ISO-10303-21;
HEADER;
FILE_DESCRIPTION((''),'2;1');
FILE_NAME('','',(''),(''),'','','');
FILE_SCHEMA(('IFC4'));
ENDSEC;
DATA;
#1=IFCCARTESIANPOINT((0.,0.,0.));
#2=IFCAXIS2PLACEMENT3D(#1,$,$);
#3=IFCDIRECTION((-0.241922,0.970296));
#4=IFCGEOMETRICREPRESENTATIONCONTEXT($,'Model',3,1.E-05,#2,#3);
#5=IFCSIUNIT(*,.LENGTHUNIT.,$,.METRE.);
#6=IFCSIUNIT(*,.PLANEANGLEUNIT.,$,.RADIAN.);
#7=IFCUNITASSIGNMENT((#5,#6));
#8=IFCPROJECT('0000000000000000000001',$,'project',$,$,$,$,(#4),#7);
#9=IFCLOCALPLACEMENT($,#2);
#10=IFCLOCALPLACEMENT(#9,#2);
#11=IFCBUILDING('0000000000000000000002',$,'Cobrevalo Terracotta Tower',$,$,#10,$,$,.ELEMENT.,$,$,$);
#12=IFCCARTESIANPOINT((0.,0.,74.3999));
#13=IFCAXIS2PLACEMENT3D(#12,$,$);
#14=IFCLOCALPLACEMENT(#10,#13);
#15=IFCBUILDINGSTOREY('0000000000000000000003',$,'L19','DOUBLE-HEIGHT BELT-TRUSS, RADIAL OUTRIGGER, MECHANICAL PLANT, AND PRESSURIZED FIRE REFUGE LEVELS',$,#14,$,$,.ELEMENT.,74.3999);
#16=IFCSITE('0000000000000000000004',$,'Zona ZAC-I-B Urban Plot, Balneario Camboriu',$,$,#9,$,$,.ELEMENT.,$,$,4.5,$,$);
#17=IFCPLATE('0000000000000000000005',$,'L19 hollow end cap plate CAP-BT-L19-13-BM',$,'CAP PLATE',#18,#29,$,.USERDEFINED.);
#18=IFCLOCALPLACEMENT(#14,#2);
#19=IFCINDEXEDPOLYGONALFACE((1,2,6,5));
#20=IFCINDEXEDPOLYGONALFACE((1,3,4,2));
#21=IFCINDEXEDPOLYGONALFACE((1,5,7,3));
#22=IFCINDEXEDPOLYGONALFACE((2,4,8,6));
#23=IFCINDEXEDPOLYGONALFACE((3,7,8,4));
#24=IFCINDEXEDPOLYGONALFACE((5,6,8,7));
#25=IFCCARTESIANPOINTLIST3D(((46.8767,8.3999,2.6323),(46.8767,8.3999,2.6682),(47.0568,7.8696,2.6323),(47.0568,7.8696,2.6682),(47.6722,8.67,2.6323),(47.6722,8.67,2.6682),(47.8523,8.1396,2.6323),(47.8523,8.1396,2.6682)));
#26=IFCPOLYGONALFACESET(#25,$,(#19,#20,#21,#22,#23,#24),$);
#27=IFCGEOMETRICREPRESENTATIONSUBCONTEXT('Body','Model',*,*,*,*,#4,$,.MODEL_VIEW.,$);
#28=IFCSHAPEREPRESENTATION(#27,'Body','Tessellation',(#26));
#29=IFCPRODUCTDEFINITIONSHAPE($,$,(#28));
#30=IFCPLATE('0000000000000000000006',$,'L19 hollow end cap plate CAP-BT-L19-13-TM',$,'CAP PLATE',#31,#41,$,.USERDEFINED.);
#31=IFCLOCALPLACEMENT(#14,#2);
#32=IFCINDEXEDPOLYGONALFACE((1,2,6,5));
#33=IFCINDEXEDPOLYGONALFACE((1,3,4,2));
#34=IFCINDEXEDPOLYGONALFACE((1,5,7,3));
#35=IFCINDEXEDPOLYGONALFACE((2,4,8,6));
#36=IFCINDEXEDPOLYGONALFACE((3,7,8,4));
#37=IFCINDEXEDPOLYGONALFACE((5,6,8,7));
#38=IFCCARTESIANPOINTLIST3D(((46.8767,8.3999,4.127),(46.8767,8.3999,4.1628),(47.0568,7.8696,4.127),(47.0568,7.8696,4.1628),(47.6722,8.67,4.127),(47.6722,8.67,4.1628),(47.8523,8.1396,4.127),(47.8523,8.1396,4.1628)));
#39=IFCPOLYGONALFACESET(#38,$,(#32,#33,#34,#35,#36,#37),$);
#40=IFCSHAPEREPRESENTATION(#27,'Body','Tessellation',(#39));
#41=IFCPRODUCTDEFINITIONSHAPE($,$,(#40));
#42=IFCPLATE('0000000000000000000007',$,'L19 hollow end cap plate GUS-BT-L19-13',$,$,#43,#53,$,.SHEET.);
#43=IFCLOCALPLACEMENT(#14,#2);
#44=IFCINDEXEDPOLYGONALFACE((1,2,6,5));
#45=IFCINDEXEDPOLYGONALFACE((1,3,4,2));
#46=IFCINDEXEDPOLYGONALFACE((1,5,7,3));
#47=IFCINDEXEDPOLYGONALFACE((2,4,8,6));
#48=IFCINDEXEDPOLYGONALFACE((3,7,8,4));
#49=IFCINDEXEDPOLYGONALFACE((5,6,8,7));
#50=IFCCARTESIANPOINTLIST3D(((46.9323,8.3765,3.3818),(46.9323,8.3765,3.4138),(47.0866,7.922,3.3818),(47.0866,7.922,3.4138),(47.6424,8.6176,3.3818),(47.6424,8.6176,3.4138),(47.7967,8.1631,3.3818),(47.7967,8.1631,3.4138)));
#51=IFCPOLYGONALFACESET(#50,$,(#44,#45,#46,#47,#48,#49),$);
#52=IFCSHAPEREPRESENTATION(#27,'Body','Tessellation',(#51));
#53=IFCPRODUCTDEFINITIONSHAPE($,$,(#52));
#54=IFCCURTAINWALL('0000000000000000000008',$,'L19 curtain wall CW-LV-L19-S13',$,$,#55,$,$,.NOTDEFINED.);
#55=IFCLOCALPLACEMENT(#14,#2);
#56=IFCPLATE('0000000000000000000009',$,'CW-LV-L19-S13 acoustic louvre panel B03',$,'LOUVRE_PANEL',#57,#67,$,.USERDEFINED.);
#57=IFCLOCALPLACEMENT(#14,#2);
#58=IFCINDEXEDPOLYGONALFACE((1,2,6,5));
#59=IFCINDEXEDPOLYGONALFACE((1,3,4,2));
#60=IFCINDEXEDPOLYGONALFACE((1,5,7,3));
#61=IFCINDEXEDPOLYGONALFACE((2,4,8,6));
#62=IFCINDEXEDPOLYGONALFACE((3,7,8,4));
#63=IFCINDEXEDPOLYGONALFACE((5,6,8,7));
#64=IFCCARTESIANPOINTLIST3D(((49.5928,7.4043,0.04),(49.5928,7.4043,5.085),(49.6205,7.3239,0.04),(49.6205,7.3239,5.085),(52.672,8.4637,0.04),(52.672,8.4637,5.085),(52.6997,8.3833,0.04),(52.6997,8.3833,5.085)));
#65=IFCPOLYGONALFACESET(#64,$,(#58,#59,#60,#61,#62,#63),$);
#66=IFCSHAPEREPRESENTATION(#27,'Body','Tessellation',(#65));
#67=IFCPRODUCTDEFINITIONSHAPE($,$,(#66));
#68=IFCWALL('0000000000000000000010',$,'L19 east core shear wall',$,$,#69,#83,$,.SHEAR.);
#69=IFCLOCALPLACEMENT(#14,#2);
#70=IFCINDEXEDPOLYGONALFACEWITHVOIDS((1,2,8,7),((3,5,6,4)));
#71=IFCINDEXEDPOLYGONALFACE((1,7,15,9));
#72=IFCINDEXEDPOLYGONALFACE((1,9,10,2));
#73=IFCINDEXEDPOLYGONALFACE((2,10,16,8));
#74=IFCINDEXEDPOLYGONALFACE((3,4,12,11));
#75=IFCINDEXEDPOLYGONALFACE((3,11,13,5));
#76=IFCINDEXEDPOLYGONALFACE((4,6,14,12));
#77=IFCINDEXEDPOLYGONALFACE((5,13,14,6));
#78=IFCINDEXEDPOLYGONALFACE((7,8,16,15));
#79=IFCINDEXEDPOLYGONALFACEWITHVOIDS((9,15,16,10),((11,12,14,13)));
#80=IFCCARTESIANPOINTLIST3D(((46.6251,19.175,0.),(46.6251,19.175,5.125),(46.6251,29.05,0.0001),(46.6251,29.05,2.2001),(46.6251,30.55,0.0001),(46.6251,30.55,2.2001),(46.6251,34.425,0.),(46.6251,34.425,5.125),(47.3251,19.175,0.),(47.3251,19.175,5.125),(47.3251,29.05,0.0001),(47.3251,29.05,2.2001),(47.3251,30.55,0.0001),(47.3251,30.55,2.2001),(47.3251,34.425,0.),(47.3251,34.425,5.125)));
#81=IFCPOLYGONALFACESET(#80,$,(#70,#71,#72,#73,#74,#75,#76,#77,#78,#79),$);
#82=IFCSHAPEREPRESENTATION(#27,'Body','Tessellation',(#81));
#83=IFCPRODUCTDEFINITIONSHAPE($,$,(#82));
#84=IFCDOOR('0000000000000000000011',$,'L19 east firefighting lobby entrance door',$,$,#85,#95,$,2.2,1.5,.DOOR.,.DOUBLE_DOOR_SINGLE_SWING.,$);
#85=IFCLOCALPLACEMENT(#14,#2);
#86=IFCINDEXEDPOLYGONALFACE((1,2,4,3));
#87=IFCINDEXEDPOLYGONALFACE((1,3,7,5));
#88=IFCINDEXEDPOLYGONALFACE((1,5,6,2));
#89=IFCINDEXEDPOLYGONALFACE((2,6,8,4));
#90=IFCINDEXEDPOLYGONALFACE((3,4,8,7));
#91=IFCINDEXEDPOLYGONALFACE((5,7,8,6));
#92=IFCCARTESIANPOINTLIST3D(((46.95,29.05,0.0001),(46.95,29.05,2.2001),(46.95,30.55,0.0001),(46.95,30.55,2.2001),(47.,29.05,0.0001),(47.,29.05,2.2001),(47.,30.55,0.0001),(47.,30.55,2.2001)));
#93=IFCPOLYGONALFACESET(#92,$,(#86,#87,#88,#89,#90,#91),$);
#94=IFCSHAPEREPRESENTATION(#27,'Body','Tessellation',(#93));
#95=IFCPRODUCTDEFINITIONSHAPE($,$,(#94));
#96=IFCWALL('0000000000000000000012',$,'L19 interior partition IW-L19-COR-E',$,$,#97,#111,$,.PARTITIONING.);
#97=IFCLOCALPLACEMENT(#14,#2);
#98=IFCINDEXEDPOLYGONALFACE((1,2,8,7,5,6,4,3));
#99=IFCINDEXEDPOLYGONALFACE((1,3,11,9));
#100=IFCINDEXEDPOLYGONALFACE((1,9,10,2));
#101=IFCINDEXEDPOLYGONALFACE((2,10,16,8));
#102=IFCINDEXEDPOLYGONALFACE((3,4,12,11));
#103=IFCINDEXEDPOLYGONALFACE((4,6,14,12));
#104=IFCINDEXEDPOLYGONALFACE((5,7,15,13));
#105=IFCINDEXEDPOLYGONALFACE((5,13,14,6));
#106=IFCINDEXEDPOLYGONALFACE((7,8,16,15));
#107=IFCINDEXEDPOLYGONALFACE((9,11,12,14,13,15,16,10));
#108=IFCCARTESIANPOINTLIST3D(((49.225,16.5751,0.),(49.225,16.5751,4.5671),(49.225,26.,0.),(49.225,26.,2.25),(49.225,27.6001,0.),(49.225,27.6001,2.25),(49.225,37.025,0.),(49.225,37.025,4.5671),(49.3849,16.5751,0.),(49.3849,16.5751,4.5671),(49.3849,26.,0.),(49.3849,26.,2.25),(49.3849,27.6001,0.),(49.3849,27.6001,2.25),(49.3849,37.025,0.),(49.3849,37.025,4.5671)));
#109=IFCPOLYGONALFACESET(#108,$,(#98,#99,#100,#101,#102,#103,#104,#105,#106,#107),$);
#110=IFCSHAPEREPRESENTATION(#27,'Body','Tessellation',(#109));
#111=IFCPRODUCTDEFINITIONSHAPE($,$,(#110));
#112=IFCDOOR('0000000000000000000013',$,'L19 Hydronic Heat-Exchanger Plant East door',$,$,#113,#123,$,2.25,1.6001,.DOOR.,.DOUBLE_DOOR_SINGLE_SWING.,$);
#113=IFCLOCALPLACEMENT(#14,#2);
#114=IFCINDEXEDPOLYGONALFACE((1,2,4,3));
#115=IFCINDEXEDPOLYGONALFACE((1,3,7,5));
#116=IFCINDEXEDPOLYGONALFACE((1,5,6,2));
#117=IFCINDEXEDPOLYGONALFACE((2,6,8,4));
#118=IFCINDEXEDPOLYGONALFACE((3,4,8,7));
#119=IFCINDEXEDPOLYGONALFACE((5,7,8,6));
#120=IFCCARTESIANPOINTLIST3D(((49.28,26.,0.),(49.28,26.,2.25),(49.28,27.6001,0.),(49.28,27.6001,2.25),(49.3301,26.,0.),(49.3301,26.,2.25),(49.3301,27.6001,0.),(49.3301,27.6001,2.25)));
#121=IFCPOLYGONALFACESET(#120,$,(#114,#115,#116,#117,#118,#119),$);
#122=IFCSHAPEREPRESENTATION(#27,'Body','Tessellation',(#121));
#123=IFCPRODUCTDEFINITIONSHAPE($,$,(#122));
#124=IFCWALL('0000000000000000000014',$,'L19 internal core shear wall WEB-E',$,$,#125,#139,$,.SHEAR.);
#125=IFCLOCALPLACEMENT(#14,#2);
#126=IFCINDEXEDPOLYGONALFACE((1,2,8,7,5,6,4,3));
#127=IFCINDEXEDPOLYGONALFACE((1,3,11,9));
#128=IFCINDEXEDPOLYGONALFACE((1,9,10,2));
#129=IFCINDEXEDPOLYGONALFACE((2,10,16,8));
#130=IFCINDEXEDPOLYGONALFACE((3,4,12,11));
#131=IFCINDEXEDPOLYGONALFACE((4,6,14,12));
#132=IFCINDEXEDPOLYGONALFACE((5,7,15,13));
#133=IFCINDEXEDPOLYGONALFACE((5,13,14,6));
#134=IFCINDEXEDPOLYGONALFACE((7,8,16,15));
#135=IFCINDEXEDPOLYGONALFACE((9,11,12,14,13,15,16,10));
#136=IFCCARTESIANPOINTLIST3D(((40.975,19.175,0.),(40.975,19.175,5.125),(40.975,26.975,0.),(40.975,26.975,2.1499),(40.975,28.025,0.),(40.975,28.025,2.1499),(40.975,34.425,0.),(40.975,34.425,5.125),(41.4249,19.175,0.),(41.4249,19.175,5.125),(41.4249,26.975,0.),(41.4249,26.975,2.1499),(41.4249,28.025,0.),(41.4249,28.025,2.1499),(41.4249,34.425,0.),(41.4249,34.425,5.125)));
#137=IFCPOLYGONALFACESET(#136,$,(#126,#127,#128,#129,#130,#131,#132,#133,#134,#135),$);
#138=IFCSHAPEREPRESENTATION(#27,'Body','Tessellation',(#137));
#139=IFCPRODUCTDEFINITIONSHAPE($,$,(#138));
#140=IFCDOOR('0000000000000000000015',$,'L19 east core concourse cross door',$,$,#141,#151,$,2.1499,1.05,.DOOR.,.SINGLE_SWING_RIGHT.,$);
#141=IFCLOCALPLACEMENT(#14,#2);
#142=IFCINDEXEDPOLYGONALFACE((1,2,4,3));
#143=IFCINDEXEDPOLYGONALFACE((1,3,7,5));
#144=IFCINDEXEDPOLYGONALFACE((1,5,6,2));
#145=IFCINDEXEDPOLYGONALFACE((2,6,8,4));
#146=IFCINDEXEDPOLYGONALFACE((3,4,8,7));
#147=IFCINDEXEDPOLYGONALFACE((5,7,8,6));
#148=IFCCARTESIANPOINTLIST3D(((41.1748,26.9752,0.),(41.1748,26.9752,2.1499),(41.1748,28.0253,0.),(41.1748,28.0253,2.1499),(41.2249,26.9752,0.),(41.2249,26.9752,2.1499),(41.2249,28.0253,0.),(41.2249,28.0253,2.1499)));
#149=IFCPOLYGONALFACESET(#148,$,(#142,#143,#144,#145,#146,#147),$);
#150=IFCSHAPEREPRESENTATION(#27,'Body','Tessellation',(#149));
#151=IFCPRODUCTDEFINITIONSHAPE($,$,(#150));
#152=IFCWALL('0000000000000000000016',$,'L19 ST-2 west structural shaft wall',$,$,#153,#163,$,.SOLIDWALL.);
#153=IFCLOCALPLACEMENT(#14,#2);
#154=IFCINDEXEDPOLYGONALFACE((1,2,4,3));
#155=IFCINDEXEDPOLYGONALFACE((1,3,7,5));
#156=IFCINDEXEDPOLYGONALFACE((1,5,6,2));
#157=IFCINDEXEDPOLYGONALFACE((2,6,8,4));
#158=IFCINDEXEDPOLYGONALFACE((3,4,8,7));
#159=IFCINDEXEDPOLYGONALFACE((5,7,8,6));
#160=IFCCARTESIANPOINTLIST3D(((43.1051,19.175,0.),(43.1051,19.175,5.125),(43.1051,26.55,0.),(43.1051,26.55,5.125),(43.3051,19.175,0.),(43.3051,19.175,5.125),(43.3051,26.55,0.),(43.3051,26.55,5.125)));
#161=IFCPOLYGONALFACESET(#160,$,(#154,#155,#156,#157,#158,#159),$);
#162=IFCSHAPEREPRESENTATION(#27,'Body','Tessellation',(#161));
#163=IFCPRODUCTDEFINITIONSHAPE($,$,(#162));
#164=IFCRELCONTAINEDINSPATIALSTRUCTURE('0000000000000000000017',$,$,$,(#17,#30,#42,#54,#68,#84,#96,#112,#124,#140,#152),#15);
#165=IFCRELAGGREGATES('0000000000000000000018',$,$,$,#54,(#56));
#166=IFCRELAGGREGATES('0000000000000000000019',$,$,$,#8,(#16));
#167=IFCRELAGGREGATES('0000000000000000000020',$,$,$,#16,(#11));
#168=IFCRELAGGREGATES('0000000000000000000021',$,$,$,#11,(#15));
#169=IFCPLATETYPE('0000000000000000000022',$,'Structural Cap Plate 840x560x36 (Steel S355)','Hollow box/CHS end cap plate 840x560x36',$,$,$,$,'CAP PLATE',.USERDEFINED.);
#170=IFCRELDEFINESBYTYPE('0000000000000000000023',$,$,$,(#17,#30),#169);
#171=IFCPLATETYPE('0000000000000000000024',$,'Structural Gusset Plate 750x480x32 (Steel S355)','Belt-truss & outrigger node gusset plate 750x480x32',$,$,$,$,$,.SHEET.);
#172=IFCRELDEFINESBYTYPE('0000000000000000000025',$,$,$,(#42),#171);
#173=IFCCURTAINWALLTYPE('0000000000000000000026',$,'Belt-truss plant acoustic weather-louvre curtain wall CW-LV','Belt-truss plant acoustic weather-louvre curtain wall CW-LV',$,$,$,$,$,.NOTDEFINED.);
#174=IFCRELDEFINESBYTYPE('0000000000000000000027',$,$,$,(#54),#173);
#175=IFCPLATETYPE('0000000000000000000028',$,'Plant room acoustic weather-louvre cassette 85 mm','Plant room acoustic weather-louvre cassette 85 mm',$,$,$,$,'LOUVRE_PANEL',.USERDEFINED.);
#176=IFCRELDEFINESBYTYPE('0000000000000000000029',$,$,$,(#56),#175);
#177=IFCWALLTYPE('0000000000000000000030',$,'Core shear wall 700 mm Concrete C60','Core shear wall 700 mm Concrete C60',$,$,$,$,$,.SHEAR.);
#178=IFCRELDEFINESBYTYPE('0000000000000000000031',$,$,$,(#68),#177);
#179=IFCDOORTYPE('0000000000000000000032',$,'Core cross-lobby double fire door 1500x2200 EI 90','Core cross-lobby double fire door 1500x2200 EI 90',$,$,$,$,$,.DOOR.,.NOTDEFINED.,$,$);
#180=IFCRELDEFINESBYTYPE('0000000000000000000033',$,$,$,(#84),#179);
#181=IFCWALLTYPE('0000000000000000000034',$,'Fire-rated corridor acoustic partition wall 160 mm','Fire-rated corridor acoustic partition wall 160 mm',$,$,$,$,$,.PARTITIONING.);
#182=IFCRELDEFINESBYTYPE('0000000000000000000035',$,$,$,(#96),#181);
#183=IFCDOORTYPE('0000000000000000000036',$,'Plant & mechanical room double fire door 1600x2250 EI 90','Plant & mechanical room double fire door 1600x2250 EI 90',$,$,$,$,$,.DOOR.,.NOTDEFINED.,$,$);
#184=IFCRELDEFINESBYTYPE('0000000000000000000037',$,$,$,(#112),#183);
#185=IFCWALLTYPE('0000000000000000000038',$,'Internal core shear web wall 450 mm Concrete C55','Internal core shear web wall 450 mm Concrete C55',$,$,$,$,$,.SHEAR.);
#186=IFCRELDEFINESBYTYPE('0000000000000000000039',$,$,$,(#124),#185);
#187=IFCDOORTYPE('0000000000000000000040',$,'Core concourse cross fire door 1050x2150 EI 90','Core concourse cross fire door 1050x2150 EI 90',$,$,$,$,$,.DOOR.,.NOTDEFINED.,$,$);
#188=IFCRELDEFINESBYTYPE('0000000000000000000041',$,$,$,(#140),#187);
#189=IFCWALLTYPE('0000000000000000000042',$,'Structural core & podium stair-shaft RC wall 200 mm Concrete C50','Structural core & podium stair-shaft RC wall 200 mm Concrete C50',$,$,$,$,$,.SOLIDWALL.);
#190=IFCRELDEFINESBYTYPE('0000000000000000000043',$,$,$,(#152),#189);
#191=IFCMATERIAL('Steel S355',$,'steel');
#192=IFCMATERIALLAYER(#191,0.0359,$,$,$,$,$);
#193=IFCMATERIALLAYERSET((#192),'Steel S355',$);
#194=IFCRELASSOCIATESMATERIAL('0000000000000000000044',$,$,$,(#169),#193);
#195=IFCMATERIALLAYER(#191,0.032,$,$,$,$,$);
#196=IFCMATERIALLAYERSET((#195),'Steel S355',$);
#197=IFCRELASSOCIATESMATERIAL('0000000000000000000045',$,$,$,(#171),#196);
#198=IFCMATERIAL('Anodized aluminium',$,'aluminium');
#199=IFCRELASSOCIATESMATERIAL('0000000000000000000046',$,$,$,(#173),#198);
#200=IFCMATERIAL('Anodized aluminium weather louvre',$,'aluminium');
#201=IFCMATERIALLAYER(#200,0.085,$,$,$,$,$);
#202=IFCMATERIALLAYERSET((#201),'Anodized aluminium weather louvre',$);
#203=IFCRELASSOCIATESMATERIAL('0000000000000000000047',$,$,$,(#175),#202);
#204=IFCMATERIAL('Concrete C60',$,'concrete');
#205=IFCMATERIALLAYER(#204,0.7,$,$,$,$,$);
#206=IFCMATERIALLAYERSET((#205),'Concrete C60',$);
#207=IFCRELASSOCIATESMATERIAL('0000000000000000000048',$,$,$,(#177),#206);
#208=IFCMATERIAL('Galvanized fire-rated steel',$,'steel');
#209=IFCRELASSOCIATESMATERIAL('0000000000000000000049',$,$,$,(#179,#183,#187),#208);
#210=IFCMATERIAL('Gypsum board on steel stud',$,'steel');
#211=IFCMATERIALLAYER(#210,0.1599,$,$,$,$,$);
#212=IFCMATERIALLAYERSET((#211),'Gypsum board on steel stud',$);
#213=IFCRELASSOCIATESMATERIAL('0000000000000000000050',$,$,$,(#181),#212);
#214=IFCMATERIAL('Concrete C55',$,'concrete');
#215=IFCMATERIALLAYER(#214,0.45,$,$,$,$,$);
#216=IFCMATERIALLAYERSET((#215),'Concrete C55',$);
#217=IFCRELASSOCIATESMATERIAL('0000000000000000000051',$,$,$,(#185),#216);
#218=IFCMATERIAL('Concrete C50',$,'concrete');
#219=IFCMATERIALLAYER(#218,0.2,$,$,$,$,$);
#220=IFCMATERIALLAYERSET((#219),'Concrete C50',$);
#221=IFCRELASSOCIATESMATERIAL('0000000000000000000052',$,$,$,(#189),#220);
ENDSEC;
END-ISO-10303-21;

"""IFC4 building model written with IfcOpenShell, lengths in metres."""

from ifc_helpers import new_model, si_unit, direction, frame, frame_2d, origin, origin_2d, place, context, subcontext, project, spatial, rectangle, extrude, source, transform, mapped, material, layer, layer_set, type_object, element, fill, aggregate, save


model = new_model("IFC4")

# Units and contexts
model_context = context("Model", 3, precision=1e-05, world=origin(), true_north=direction((-0.241922, 0.970296)))
body_context = subcontext(model_context, "Body", "Model", "MODEL_VIEW")
ifc_project = project(units=[si_unit("LENGTHUNIT", "METRE"), si_unit("PLANEANGLEUNIT", "RADIAN")], contexts=[model_context])

# Site, building, storey
site_placement = place(None, origin())
site = spatial("IfcSite", under=ifc_project, at=site_placement, Name="Zona ZAC-I-B Urban Plot, Balneario Camboriu", CompositionType="ELEMENT", RefElevation=4.5)
building_placement = place(site_placement, origin())
building = spatial("IfcBuilding", under=site, at=building_placement, Name="Cobrevalo Terracotta Tower", CompositionType="ELEMENT")
storey_placement = place(building_placement, frame((0.0, 0.0, 74.3999)))
storey = spatial("IfcBuildingStorey", under=building, at=storey_placement, Name="L19", Description="DOUBLE-HEIGHT BELT-TRUSS, RADIAL OUTRIGGER, MECHANICAL PLANT, AND PRESSURIZED FIRE REFUGE LEVELS", CompositionType="ELEMENT", Elevation=74.3999)

# Shared definitions
ifc_material_1 = material(Name="Steel S355", Category="steel")
ifc_material_2 = material(Name="Concrete C60", Category="concrete")

# Plates
ifc_layer_1 = layer(ifc_material_1, 0.0359)
ifc_layer_set_1 = layer_set([ifc_layer_1], Name="Steel S355")
plate_type_1 = type_object("IfcPlateType", Name="Structural Cap Plate 840x560x36 (Steel S355)", Description="Hollow box/CHS end cap plate 840x560x36", ElementType="CAP PLATE", PredefinedType="USERDEFINED", material=ifc_layer_set_1)
shared_shape_1 = source(origin(), body_context, "Body", "SweptSolid", [
    extrude(rectangle(XDim=0.8401, YDim=0.5601, at=origin_2d()), origin(), (0.0, 0.0, 1.0), 0.0359),
])
for number, where, z_axis, x_axis, name in (
    (1, (47.3645, 8.2698, 2.6323), (0.0, 0.0, 1.0), (0.946916, 0.321482, 0.0), "L19 hollow end cap plate CAP-BT-L19-13-BM"),
    (2, (47.3645, 8.2698, 4.127), (0.0, 0.0, 1.0), (0.946916, 0.321482, 0.0), "L19 hollow end cap plate CAP-BT-L19-13-TM"),
):
    element("IfcPlate", number, at=place(storey_placement, frame(where, z_axis=z_axis, x_axis=x_axis)), inside=storey, type_object=plate_type_1, Name=name, ObjectType="CAP PLATE", PredefinedType="USERDEFINED", context=body_context, shape_type="MappedRepresentation", body=[
        mapped(shared_shape_1, transform((0.0, 0.0, 0.0), scale=1.0)),
    ])
ifc_layer_2 = layer(ifc_material_1, 0.032)
ifc_layer_set_2 = layer_set([ifc_layer_2], Name="Steel S355")
plate_type_2 = type_object("IfcPlateType", Name="Structural Gusset Plate 750x480x32 (Steel S355)", Description="Belt-truss & outrigger node gusset plate 750x480x32", PredefinedType="SHEET", material=ifc_layer_set_2)
shared_shape_2 = source(origin(), body_context, "Body", "SweptSolid", [
    extrude(rectangle(XDim=0.75, YDim=0.48, at=origin_2d()), origin(), (0.0, 0.0, 1.0), 0.032),
])
plate_1_placement = place(storey_placement, frame((47.3645, 8.2698, 3.3818), z_axis=(0.0, 0.0, 1.0), x_axis=(0.946916, 0.321482, 0.0)))
element("IfcPlate", 3, at=plate_1_placement, inside=storey, type_object=plate_type_2, Name="L19 hollow end cap plate GUS-BT-L19-13", PredefinedType="SHEET", context=body_context, shape_type="MappedRepresentation", body=[
    mapped(shared_shape_2, transform((0.0, 0.0, 0.0), scale=1.0)),
])

# Curtain wall, plate
ifc_material_3 = material(Name="Anodized aluminium", Category="aluminium")
curtain_wall_type = type_object("IfcCurtainWallType", Name="Belt-truss plant acoustic weather-louvre curtain wall CW-LV", Description="Belt-truss plant acoustic weather-louvre curtain wall CW-LV", PredefinedType="NOTDEFINED", material=ifc_material_3)
curtain_wall_placement = place(storey_placement, origin())
curtain_wall = element("IfcCurtainWall", 4, at=curtain_wall_placement, inside=storey, type_object=curtain_wall_type, Name="L19 curtain wall CW-LV-L19-S13", PredefinedType="NOTDEFINED")
ifc_material_4 = material(Name="Anodized aluminium weather louvre", Category="aluminium")
ifc_layer_3 = layer(ifc_material_4, 0.085)
ifc_layer_set_3 = layer_set([ifc_layer_3], Name="Anodized aluminium weather louvre")
plate_type_3 = type_object("IfcPlateType", Name="Plant room acoustic weather-louvre cassette 85 mm", Description="Plant room acoustic weather-louvre cassette 85 mm", ElementType="LOUVRE_PANEL", PredefinedType="USERDEFINED", material=ifc_layer_set_3)
shared_shape_3 = source(origin(), body_context, "Body", "SweptSolid", [
    extrude(rectangle(XDim=3.2563, YDim=0.085, at=origin_2d()), origin(), (0.0, 0.0, 1.0), 5.0449),
])
plate_2_placement = place(storey_placement, frame((51.1462, 7.8938, 0.04), z_axis=(0.0, 0.0, 1.0), x_axis=(0.945596, 0.325342, 0.0)))
plate_2 = element("IfcPlate", 5, at=plate_2_placement, type_object=plate_type_3, Name="CW-LV-L19-S13 acoustic louvre panel B03", ObjectType="LOUVRE_PANEL", PredefinedType="USERDEFINED", context=body_context, shape_type="MappedRepresentation", body=[
    mapped(shared_shape_3, transform((0.0, 0.0, 0.0), scale=1.0)),
])
aggregate(curtain_wall, [plate_2])

# Walls, openings, doors
ifc_layer_4 = layer(ifc_material_2, 0.7)
ifc_layer_set_4 = layer_set([ifc_layer_4], Name="Concrete C60")
wall_type_1 = type_object("IfcWallType", Name="Core shear wall 700 mm Concrete C60", Description="Core shear wall 700 mm Concrete C60", PredefinedType="SHEAR", material=ifc_layer_set_4)
wall_1_placement = place(storey_placement, frame((46.9751, 19.175, 0.0), z_axis=(0.0, 0.0, 1.0), x_axis=(0.0, 1.0, 0.0)))
wall_1 = element("IfcWall", 6, at=wall_1_placement, inside=storey, type_object=wall_type_1, Name="L19 east core shear wall", PredefinedType="SHEAR", context=body_context, shape_type="SweptSolid", body=[
    extrude(rectangle(XDim=15.25, YDim=0.7, at=frame_2d((7.625, 0.0))), origin(), (0.0, 0.0, 1.0), 5.125),
])
opening_1_placement = place(wall_1_placement, frame((9.875, 0.0, 0.0)))
opening_1 = element("IfcOpeningElement", 7, at=opening_1_placement, cuts=wall_1, PredefinedType="OPENING", context=body_context, shape_type="SweptSolid", body=[
    extrude(rectangle(XDim=1.5, YDim=2.2, at=frame_2d((0.75, 1.1001))), frame((0.0, 0.3599, 0.0), z_axis=(0.0, -1.0, 0.0), x_axis=(1.0, 0.0, 0.0)), (0.0, 0.0, 1.0), 0.72),
])
ifc_material_5 = material(Name="Galvanized fire-rated steel", Category="steel")
door_type_1 = type_object("IfcDoorType", Name="Core cross-lobby double fire door 1500x2200 EI 90", Description="Core cross-lobby double fire door 1500x2200 EI 90", OperationType="NOTDEFINED", PredefinedType="DOOR", material=ifc_material_5)
shared_shape_4 = source(origin(), body_context, "Body", "SweptSolid", [
    extrude(rectangle(XDim=1.5, YDim=2.2, at=frame_2d((0.75, 1.1001))), frame((0.0, 0.0249, 0.0), z_axis=(0.0, -1.0, 0.0), x_axis=(1.0, 0.0, 0.0)), (0.0, 0.0, 1.0), 0.05),
])
door_1_placement = place(opening_1_placement, frame((1.5, 0.0, 0.0), z_axis=(0.0, 0.0, 1.0), x_axis=(-1.0, 0.0, 0.0)))
door_1 = element("IfcDoor", 8, at=door_1_placement, inside=storey, type_object=door_type_1, Name="L19 east firefighting lobby entrance door", OperationType="DOUBLE_DOOR_SINGLE_SWING", OverallHeight=2.2, OverallWidth=1.5, PredefinedType="DOOR", context=body_context, shape_type="MappedRepresentation", body=[
    mapped(shared_shape_4, transform((0.0, 0.0, 0.0), scale=1.0)),
])
fill(opening_1, door_1)
ifc_material_6 = material(Name="Gypsum board on steel stud", Category="steel")
ifc_layer_5 = layer(ifc_material_6, 0.1599)
ifc_layer_set_5 = layer_set([ifc_layer_5], Name="Gypsum board on steel stud")
wall_type_2 = type_object("IfcWallType", Name="Fire-rated corridor acoustic partition wall 160 mm", Description="Fire-rated corridor acoustic partition wall 160 mm", PredefinedType="PARTITIONING", material=ifc_layer_set_5)
wall_2_placement = place(storey_placement, frame((49.3049, 16.575, 0.0), z_axis=(0.0, 0.0, 1.0), x_axis=(0.0, 1.0, 0.0)))
wall_2 = element("IfcWall", 9, at=wall_2_placement, inside=storey, type_object=wall_type_2, Name="L19 interior partition IW-L19-COR-E", PredefinedType="PARTITIONING", context=body_context, shape_type="SweptSolid", body=[
    extrude(rectangle(XDim=20.45, YDim=0.1599, at=frame_2d((10.2251, 0.0))), origin(), (0.0, 0.0, 1.0), 4.5671),
])
opening_2_placement = place(wall_2_placement, frame((9.425, 0.0, 0.0)))
opening_2 = element("IfcOpeningElement", 10, at=opening_2_placement, cuts=wall_2, PredefinedType="OPENING", context=body_context, shape_type="SweptSolid", body=[
    extrude(rectangle(XDim=1.6001, YDim=2.25, at=frame_2d((0.8, 1.125))), frame((0.0, 0.0898, 0.0), z_axis=(0.0, -1.0, 0.0), x_axis=(1.0, 0.0, 0.0)), (0.0, 0.0, 1.0), 0.1799),
])
door_type_2 = type_object("IfcDoorType", Name="Plant & mechanical room double fire door 1600x2250 EI 90", Description="Plant & mechanical room double fire door 1600x2250 EI 90", OperationType="NOTDEFINED", PredefinedType="DOOR", material=ifc_material_5)
shared_shape_5 = source(origin(), body_context, "Body", "SweptSolid", [
    extrude(rectangle(XDim=1.6001, YDim=2.25, at=frame_2d((0.8, 1.125))), frame((0.0, 0.0249, 0.0), z_axis=(0.0, -1.0, 0.0), x_axis=(1.0, 0.0, 0.0)), (0.0, 0.0, 1.0), 0.05),
])
door_2_placement = place(opening_2_placement, origin())
door_2 = element("IfcDoor", 11, at=door_2_placement, inside=storey, type_object=door_type_2, Name="L19 Hydronic Heat-Exchanger Plant East door", OperationType="DOUBLE_DOOR_SINGLE_SWING", OverallHeight=2.25, OverallWidth=1.6001, PredefinedType="DOOR", context=body_context, shape_type="MappedRepresentation", body=[
    mapped(shared_shape_5, transform((0.0, 0.0, 0.0), scale=1.0)),
])
fill(opening_2, door_2)
ifc_material_7 = material(Name="Concrete C55", Category="concrete")
ifc_layer_6 = layer(ifc_material_7, 0.45)
ifc_layer_set_6 = layer_set([ifc_layer_6], Name="Concrete C55")
wall_type_3 = type_object("IfcWallType", Name="Internal core shear web wall 450 mm Concrete C55", Description="Internal core shear web wall 450 mm Concrete C55", PredefinedType="SHEAR", material=ifc_layer_set_6)
wall_3_placement = place(storey_placement, frame((41.2, 19.175, 0.0), z_axis=(0.0, 0.0, 1.0), x_axis=(0.0, 1.0, 0.0)))
wall_3 = element("IfcWall", 12, at=wall_3_placement, inside=storey, type_object=wall_type_3, Name="L19 internal core shear wall WEB-E", PredefinedType="SHEAR", context=body_context, shape_type="SweptSolid", body=[
    extrude(rectangle(XDim=15.25, YDim=0.45, at=frame_2d((7.625, 0.0))), origin(), (0.0, 0.0, 1.0), 5.125),
])
opening_3_placement = place(wall_3_placement, frame((7.8, 0.0, 0.0)))
opening_3 = element("IfcOpeningElement", 13, at=opening_3_placement, cuts=wall_3, PredefinedType="OPENING", context=body_context, shape_type="SweptSolid", body=[
    extrude(rectangle(XDim=1.05, YDim=2.1499, at=frame_2d((0.5249, 1.075))), frame((0.0, 0.2349, 0.0), z_axis=(0.0, -1.0, 0.0), x_axis=(1.0, 0.0, 0.0)), (0.0, 0.0, 1.0), 0.47),
])
door_type_3 = type_object("IfcDoorType", Name="Core concourse cross fire door 1050x2150 EI 90", Description="Core concourse cross fire door 1050x2150 EI 90", OperationType="NOTDEFINED", PredefinedType="DOOR", material=ifc_material_5)
shared_shape_6 = source(origin(), body_context, "Body", "SweptSolid", [
    extrude(rectangle(XDim=1.05, YDim=2.1499, at=frame_2d((0.5249, 1.075))), frame((0.0, 0.0249, 0.0), z_axis=(0.0, -1.0, 0.0), x_axis=(1.0, 0.0, 0.0)), (0.0, 0.0, 1.0), 0.05),
])
door_3_placement = place(opening_3_placement, frame((1.05, 0.0, 0.0), z_axis=(0.0, 0.0, 1.0), x_axis=(-1.0, 0.0, 0.0)))
door_3 = element("IfcDoor", 14, at=door_3_placement, inside=storey, type_object=door_type_3, Name="L19 east core concourse cross door", OperationType="SINGLE_SWING_RIGHT", OverallHeight=2.1499, OverallWidth=1.05, PredefinedType="DOOR", context=body_context, shape_type="MappedRepresentation", body=[
    mapped(shared_shape_6, transform((0.0, 0.0, 0.0), scale=1.0)),
])
fill(opening_3, door_3)

# Wall
ifc_material_8 = material(Name="Concrete C50", Category="concrete")
ifc_layer_7 = layer(ifc_material_8, 0.2)
ifc_layer_set_7 = layer_set([ifc_layer_7], Name="Concrete C50")
wall_type_4 = type_object("IfcWallType", Name="Structural core & podium stair-shaft RC wall 200 mm Concrete C50", Description="Structural core & podium stair-shaft RC wall 200 mm Concrete C50", PredefinedType="SOLIDWALL", material=ifc_layer_set_7)
wall_4_placement = place(storey_placement, frame((43.2051, 19.175, 0.0), z_axis=(0.0, 0.0, 1.0), x_axis=(0.0, 1.0, 0.0)))
element("IfcWall", 15, at=wall_4_placement, inside=storey, type_object=wall_type_4, Name="L19 ST-2 west structural shaft wall", PredefinedType="SOLIDWALL", context=body_context, shape_type="SweptSolid", body=[
    extrude(rectangle(XDim=7.375, YDim=0.2, at=frame_2d((3.6875, 0.0))), origin(), (0.0, 0.0, 1.0), 5.125),
])

save(model, "model.ifc")
